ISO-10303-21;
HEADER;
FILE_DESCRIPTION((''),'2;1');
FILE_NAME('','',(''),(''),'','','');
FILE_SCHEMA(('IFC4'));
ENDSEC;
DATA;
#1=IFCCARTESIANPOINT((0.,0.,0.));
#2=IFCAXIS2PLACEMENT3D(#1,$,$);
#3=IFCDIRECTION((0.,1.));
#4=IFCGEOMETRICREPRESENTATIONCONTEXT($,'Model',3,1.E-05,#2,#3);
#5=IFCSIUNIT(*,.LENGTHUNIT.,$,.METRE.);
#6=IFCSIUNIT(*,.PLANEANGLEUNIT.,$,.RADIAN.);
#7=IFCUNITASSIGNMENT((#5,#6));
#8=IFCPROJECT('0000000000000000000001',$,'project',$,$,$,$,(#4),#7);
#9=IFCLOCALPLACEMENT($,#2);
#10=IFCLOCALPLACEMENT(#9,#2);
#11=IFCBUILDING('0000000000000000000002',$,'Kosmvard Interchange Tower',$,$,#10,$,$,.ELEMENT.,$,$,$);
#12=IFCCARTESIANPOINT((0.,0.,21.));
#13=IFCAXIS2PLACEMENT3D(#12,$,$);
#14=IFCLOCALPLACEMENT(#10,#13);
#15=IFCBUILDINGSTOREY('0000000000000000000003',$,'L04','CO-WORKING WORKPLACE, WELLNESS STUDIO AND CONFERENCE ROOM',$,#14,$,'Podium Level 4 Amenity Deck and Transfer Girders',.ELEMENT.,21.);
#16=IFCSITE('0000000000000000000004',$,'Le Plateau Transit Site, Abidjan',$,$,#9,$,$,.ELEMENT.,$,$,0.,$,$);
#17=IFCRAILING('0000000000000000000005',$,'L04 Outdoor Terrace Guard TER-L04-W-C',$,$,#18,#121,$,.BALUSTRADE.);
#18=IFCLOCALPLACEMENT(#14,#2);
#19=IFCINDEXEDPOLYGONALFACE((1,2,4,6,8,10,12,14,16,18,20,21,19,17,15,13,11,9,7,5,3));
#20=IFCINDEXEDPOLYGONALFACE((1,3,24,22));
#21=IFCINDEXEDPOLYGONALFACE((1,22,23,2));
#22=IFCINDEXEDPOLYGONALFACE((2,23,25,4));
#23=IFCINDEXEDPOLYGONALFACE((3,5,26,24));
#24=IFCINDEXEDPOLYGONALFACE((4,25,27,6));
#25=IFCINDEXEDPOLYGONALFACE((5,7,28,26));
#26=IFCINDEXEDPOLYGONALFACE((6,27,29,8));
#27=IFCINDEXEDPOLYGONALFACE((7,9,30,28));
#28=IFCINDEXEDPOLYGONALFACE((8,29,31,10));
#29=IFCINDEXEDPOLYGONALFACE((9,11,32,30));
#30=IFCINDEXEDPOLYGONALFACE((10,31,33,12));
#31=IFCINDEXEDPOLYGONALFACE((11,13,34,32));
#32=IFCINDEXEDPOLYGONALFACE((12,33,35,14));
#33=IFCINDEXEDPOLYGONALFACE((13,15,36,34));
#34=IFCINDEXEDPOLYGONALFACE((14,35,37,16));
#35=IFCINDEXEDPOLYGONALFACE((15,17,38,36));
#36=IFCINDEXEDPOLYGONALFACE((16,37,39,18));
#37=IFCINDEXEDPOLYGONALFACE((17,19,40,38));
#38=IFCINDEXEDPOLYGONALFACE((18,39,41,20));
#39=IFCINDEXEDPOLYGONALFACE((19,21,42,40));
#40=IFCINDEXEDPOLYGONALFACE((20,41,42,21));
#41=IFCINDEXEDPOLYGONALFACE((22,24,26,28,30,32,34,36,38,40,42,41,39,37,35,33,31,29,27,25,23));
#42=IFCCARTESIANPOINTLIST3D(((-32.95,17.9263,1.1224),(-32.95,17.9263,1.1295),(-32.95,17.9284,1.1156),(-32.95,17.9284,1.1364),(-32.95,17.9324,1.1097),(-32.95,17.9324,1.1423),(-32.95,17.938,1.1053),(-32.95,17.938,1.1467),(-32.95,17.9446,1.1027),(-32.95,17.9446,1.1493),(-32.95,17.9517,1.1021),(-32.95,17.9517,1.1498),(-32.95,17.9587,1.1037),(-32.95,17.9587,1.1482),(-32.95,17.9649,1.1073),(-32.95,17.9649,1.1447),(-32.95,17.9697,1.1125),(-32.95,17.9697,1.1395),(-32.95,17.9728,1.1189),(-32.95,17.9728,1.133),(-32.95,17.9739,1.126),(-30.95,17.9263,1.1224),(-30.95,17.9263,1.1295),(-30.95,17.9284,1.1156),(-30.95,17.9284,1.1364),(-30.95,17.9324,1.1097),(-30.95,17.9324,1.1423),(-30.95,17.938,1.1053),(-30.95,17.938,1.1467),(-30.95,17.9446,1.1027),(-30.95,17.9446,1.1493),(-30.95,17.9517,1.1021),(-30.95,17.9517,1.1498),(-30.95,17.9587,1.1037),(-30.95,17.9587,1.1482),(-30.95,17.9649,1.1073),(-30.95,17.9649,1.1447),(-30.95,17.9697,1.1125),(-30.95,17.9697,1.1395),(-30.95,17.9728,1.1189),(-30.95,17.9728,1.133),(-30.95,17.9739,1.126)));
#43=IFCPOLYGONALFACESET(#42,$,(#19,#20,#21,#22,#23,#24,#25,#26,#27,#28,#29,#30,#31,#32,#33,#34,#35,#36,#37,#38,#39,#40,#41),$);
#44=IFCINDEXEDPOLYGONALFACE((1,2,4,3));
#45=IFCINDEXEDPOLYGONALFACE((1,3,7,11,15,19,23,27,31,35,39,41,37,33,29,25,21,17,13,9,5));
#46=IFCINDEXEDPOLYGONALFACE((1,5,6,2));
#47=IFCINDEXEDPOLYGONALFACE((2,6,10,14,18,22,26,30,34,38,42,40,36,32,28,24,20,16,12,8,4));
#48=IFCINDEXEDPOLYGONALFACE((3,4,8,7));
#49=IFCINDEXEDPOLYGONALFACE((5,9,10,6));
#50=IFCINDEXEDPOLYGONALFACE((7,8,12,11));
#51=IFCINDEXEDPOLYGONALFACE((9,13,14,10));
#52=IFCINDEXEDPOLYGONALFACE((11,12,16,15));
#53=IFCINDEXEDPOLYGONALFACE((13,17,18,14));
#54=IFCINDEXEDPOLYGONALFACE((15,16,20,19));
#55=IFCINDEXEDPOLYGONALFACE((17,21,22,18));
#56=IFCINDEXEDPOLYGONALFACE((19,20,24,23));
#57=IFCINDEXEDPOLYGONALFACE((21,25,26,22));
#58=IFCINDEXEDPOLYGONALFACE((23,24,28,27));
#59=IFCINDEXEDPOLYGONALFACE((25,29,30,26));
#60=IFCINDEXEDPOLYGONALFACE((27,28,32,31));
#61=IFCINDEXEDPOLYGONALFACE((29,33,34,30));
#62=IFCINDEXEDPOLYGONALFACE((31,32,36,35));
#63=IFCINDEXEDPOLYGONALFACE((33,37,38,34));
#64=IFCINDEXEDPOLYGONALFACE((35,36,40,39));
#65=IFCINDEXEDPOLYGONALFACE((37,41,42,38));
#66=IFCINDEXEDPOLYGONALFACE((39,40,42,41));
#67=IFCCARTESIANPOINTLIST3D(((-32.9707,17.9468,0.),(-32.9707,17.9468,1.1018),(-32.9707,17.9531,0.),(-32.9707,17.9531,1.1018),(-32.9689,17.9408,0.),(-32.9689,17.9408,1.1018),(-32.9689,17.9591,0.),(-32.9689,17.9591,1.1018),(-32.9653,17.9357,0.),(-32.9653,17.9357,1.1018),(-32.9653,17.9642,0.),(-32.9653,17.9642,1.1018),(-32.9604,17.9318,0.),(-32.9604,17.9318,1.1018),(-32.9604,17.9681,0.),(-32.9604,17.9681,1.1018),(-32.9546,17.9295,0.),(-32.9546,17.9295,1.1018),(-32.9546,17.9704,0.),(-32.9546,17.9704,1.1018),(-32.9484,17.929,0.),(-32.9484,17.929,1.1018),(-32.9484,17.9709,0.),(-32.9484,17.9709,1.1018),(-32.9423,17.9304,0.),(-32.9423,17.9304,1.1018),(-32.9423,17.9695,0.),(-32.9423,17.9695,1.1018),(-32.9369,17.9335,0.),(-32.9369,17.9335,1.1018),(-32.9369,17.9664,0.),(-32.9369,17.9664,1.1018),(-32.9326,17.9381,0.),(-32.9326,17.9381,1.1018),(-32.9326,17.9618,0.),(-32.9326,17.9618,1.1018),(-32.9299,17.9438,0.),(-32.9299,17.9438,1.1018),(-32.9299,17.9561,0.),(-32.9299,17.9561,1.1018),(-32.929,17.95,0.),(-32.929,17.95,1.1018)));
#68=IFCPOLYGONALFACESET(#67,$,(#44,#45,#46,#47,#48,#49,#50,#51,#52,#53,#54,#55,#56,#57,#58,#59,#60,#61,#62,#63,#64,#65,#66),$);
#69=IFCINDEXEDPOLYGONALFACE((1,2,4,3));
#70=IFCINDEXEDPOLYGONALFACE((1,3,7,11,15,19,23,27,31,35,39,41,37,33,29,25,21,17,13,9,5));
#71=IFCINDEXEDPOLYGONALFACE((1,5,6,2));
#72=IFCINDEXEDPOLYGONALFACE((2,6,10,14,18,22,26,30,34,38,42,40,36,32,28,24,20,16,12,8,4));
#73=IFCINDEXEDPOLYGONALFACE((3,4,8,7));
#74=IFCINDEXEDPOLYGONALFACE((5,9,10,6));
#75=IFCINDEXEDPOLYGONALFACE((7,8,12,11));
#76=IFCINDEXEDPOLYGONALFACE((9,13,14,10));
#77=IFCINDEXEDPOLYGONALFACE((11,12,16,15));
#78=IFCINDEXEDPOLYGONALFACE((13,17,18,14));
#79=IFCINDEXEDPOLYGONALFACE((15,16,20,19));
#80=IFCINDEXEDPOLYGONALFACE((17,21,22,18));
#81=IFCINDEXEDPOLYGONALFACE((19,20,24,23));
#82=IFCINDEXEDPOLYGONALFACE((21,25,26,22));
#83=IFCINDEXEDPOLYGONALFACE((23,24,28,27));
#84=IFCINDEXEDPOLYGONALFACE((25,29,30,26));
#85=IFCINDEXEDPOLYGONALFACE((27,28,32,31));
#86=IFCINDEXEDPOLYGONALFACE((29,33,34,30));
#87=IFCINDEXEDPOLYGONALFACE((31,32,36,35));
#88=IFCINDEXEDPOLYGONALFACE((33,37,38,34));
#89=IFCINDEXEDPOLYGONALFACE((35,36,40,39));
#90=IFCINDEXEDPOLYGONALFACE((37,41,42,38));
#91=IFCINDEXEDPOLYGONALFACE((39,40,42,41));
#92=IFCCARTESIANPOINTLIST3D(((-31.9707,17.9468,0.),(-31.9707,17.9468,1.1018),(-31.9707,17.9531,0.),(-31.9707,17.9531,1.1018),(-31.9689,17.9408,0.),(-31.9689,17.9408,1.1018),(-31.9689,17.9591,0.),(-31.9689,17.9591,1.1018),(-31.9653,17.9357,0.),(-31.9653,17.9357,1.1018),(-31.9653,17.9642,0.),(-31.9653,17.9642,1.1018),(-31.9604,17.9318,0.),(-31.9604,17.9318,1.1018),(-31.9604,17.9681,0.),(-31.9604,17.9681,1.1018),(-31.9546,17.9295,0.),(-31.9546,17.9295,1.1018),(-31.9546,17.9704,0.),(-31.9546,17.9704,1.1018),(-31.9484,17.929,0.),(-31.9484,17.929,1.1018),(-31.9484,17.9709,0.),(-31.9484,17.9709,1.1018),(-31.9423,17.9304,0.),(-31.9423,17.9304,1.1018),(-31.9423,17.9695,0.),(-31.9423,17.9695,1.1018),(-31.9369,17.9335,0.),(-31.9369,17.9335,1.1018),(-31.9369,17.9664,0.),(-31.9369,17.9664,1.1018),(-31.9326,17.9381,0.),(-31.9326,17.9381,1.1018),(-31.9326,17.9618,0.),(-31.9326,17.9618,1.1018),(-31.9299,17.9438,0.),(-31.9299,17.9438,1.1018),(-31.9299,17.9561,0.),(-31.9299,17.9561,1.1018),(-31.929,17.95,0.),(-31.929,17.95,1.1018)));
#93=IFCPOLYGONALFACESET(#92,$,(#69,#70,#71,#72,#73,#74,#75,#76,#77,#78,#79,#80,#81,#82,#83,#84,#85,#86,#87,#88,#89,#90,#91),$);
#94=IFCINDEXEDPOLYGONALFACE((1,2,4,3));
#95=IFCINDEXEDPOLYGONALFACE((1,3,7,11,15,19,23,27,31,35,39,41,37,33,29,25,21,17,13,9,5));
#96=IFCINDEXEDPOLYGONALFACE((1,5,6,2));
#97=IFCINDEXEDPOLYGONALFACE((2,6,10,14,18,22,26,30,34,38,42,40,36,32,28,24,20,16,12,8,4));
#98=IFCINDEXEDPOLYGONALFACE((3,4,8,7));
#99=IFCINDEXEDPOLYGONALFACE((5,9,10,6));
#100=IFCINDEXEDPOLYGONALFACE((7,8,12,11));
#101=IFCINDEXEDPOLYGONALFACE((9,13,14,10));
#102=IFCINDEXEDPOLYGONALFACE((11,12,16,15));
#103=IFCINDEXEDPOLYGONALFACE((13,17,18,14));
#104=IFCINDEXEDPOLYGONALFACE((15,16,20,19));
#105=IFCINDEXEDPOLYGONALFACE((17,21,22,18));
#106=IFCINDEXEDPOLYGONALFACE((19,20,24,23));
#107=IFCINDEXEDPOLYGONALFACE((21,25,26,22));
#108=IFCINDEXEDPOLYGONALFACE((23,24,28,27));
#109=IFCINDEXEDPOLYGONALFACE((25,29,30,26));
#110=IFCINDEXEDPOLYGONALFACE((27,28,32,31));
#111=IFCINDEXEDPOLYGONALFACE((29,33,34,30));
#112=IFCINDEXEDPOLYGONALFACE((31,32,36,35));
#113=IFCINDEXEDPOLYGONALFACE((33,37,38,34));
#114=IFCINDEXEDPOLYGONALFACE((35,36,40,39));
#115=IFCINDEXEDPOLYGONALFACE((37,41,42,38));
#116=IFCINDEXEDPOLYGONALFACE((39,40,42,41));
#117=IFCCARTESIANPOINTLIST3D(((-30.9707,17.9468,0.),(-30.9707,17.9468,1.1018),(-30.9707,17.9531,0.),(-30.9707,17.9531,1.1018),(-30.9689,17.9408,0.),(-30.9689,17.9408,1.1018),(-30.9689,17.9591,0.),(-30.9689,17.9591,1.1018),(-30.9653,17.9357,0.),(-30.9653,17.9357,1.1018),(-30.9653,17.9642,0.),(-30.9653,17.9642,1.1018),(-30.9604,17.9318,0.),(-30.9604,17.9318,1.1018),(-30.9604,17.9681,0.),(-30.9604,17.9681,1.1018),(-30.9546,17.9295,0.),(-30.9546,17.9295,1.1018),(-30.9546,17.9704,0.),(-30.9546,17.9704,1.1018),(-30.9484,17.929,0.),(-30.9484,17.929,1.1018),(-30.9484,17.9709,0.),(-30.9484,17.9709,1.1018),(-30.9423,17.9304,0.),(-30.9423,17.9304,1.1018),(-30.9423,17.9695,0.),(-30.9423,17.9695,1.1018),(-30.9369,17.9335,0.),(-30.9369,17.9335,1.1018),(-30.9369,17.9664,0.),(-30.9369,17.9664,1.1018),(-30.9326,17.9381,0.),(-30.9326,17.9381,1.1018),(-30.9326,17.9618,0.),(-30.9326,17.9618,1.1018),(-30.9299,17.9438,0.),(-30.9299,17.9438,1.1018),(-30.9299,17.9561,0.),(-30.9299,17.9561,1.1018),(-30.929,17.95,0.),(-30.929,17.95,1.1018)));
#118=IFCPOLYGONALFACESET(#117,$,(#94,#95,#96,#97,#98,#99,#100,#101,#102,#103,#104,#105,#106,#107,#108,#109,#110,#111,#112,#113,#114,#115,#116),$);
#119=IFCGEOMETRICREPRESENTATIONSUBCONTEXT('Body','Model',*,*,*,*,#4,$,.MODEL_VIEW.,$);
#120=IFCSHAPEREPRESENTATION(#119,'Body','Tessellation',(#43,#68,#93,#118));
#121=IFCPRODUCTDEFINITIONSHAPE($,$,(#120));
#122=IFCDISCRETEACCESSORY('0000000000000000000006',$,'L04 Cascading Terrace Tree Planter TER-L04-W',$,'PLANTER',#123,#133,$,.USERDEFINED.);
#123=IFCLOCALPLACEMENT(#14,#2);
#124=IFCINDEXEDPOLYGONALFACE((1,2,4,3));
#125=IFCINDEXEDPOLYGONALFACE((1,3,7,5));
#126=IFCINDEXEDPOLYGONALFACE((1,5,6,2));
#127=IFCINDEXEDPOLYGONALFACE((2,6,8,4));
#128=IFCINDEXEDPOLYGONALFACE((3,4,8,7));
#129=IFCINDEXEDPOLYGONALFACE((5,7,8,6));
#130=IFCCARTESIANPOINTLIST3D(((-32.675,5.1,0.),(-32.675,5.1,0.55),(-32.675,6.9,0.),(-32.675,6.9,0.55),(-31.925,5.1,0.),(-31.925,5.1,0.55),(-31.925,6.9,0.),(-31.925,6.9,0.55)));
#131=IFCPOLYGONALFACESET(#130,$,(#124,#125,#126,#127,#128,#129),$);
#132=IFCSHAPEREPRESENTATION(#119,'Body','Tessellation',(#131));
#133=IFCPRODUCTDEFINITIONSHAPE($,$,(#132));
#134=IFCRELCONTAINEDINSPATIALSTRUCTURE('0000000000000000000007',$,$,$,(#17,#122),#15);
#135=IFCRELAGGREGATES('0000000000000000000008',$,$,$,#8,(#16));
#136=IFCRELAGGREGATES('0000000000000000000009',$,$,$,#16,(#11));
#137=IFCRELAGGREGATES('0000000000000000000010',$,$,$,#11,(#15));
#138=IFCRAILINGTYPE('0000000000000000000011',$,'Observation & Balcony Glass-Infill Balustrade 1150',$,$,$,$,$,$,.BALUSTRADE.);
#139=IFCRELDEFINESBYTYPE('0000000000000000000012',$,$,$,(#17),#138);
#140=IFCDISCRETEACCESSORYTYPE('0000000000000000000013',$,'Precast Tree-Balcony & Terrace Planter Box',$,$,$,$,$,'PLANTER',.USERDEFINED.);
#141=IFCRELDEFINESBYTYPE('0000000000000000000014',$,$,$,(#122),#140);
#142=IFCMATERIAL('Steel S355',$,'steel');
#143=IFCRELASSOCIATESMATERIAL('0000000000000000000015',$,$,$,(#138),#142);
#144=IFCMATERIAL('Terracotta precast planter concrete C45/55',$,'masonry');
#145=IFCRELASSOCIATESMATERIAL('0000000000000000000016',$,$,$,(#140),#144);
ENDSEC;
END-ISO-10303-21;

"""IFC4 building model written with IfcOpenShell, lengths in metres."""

from ifc_helpers import new_model, si_unit, direction, frame, origin, origin_2d, place, context, subcontext, project, spatial, rectangle, circle, extrude, source, transform, mapped, material, type_object, element, save


model = new_model("IFC4")

# Units and contexts
model_context = context("Model", 3, precision=1e-05, world=origin(), true_north=direction((0.0, 1.0)))
body_context = subcontext(model_context, "Body", "Model", "MODEL_VIEW")
ifc_project = project(units=[si_unit("LENGTHUNIT", "METRE"), si_unit("PLANEANGLEUNIT", "RADIAN")], contexts=[model_context])

# Site, building, storey
site_placement = place(None, origin())
site = spatial("IfcSite", under=ifc_project, at=site_placement, Name="Le Plateau Transit Site, Abidjan", CompositionType="ELEMENT", RefElevation=0.0)
building_placement = place(site_placement, origin())
building = spatial("IfcBuilding", under=site, at=building_placement, Name="Kosmvard Interchange Tower", CompositionType="ELEMENT")
storey_placement = place(building_placement, frame((0.0, 0.0, 21.0)))
storey = spatial("IfcBuildingStorey", under=building, at=storey_placement, Name="L04", Description="CO-WORKING WORKPLACE, WELLNESS STUDIO AND CONFERENCE ROOM", LongName="Podium Level 4 Amenity Deck and Transfer Girders", CompositionType="ELEMENT", Elevation=21.0)

# Shared definitions
ifc_material_1 = material(Name="Steel S355", Category="steel")

# Railing
railing_type = type_object("IfcRailingType", Name="Observation & Balcony Glass-Infill Balustrade 1150", PredefinedType="BALUSTRADE", material=ifc_material_1)
shared_shape_1 = source(origin(), body_context, "Body", "SweptSolid", [
    extrude(circle(Radius=0.0239, at=origin_2d()), frame((0.0, 0.0, 1.126), z_axis=(1.0, 0.0, 0.0), x_axis=(0.0, 1.0, 0.0)), (0.0, 0.0, 1.0), 2.0),
    extrude(circle(Radius=0.021, at=origin_2d()), origin(), (0.0, 0.0, 1.0), 1.1018),
    extrude(circle(Radius=0.021, at=origin_2d()), frame((1.0, 0.0, 0.0)), (0.0, 0.0, 1.0), 1.1018),
    extrude(circle(Radius=0.021, at=origin_2d()), frame((2.0, 0.0, 0.0)), (0.0, 0.0, 1.0), 1.1018),
])
railing_placement = place(storey_placement, frame((-32.95, 17.95, 0.0)))
element("IfcRailing", 1, at=railing_placement, inside=storey, type_object=railing_type, Name="L04 Outdoor Terrace Guard TER-L04-W-C", PredefinedType="BALUSTRADE", context=body_context, shape_type="MappedRepresentation", body=[
    mapped(shared_shape_1, transform((0.0, 0.0, 0.0), scale=1.0)),
])

# Discrete accessory
ifc_material_2 = material(Name="Terracotta precast planter concrete C45/55", Category="masonry")
discrete_accessory_type = type_object("IfcDiscreteAccessoryType", Name="Precast Tree-Balcony & Terrace Planter Box", ElementType="PLANTER", PredefinedType="USERDEFINED", material=ifc_material_2)
shared_shape_2 = source(origin(), body_context, "Body", "SweptSolid", [
    extrude(rectangle(XDim=0.75, YDim=1.8, at=origin_2d()), origin(), (0.0, 0.0, 1.0), 0.55),
])
discrete_accessory_placement = place(storey_placement, frame((-32.3, 6.0, 0.0), z_axis=(0.0, 0.0, 1.0), x_axis=(1.0, 0.0, 0.0)))
element("IfcDiscreteAccessory", 2, at=discrete_accessory_placement, inside=storey, type_object=discrete_accessory_type, Name="L04 Cascading Terrace Tree Planter TER-L04-W", ObjectType="PLANTER", PredefinedType="USERDEFINED", context=body_context, shape_type="MappedRepresentation", body=[
    mapped(shared_shape_2, transform((0.0, 0.0, 0.0), scale=1.0)),
])

save(model, "model.ifc")
